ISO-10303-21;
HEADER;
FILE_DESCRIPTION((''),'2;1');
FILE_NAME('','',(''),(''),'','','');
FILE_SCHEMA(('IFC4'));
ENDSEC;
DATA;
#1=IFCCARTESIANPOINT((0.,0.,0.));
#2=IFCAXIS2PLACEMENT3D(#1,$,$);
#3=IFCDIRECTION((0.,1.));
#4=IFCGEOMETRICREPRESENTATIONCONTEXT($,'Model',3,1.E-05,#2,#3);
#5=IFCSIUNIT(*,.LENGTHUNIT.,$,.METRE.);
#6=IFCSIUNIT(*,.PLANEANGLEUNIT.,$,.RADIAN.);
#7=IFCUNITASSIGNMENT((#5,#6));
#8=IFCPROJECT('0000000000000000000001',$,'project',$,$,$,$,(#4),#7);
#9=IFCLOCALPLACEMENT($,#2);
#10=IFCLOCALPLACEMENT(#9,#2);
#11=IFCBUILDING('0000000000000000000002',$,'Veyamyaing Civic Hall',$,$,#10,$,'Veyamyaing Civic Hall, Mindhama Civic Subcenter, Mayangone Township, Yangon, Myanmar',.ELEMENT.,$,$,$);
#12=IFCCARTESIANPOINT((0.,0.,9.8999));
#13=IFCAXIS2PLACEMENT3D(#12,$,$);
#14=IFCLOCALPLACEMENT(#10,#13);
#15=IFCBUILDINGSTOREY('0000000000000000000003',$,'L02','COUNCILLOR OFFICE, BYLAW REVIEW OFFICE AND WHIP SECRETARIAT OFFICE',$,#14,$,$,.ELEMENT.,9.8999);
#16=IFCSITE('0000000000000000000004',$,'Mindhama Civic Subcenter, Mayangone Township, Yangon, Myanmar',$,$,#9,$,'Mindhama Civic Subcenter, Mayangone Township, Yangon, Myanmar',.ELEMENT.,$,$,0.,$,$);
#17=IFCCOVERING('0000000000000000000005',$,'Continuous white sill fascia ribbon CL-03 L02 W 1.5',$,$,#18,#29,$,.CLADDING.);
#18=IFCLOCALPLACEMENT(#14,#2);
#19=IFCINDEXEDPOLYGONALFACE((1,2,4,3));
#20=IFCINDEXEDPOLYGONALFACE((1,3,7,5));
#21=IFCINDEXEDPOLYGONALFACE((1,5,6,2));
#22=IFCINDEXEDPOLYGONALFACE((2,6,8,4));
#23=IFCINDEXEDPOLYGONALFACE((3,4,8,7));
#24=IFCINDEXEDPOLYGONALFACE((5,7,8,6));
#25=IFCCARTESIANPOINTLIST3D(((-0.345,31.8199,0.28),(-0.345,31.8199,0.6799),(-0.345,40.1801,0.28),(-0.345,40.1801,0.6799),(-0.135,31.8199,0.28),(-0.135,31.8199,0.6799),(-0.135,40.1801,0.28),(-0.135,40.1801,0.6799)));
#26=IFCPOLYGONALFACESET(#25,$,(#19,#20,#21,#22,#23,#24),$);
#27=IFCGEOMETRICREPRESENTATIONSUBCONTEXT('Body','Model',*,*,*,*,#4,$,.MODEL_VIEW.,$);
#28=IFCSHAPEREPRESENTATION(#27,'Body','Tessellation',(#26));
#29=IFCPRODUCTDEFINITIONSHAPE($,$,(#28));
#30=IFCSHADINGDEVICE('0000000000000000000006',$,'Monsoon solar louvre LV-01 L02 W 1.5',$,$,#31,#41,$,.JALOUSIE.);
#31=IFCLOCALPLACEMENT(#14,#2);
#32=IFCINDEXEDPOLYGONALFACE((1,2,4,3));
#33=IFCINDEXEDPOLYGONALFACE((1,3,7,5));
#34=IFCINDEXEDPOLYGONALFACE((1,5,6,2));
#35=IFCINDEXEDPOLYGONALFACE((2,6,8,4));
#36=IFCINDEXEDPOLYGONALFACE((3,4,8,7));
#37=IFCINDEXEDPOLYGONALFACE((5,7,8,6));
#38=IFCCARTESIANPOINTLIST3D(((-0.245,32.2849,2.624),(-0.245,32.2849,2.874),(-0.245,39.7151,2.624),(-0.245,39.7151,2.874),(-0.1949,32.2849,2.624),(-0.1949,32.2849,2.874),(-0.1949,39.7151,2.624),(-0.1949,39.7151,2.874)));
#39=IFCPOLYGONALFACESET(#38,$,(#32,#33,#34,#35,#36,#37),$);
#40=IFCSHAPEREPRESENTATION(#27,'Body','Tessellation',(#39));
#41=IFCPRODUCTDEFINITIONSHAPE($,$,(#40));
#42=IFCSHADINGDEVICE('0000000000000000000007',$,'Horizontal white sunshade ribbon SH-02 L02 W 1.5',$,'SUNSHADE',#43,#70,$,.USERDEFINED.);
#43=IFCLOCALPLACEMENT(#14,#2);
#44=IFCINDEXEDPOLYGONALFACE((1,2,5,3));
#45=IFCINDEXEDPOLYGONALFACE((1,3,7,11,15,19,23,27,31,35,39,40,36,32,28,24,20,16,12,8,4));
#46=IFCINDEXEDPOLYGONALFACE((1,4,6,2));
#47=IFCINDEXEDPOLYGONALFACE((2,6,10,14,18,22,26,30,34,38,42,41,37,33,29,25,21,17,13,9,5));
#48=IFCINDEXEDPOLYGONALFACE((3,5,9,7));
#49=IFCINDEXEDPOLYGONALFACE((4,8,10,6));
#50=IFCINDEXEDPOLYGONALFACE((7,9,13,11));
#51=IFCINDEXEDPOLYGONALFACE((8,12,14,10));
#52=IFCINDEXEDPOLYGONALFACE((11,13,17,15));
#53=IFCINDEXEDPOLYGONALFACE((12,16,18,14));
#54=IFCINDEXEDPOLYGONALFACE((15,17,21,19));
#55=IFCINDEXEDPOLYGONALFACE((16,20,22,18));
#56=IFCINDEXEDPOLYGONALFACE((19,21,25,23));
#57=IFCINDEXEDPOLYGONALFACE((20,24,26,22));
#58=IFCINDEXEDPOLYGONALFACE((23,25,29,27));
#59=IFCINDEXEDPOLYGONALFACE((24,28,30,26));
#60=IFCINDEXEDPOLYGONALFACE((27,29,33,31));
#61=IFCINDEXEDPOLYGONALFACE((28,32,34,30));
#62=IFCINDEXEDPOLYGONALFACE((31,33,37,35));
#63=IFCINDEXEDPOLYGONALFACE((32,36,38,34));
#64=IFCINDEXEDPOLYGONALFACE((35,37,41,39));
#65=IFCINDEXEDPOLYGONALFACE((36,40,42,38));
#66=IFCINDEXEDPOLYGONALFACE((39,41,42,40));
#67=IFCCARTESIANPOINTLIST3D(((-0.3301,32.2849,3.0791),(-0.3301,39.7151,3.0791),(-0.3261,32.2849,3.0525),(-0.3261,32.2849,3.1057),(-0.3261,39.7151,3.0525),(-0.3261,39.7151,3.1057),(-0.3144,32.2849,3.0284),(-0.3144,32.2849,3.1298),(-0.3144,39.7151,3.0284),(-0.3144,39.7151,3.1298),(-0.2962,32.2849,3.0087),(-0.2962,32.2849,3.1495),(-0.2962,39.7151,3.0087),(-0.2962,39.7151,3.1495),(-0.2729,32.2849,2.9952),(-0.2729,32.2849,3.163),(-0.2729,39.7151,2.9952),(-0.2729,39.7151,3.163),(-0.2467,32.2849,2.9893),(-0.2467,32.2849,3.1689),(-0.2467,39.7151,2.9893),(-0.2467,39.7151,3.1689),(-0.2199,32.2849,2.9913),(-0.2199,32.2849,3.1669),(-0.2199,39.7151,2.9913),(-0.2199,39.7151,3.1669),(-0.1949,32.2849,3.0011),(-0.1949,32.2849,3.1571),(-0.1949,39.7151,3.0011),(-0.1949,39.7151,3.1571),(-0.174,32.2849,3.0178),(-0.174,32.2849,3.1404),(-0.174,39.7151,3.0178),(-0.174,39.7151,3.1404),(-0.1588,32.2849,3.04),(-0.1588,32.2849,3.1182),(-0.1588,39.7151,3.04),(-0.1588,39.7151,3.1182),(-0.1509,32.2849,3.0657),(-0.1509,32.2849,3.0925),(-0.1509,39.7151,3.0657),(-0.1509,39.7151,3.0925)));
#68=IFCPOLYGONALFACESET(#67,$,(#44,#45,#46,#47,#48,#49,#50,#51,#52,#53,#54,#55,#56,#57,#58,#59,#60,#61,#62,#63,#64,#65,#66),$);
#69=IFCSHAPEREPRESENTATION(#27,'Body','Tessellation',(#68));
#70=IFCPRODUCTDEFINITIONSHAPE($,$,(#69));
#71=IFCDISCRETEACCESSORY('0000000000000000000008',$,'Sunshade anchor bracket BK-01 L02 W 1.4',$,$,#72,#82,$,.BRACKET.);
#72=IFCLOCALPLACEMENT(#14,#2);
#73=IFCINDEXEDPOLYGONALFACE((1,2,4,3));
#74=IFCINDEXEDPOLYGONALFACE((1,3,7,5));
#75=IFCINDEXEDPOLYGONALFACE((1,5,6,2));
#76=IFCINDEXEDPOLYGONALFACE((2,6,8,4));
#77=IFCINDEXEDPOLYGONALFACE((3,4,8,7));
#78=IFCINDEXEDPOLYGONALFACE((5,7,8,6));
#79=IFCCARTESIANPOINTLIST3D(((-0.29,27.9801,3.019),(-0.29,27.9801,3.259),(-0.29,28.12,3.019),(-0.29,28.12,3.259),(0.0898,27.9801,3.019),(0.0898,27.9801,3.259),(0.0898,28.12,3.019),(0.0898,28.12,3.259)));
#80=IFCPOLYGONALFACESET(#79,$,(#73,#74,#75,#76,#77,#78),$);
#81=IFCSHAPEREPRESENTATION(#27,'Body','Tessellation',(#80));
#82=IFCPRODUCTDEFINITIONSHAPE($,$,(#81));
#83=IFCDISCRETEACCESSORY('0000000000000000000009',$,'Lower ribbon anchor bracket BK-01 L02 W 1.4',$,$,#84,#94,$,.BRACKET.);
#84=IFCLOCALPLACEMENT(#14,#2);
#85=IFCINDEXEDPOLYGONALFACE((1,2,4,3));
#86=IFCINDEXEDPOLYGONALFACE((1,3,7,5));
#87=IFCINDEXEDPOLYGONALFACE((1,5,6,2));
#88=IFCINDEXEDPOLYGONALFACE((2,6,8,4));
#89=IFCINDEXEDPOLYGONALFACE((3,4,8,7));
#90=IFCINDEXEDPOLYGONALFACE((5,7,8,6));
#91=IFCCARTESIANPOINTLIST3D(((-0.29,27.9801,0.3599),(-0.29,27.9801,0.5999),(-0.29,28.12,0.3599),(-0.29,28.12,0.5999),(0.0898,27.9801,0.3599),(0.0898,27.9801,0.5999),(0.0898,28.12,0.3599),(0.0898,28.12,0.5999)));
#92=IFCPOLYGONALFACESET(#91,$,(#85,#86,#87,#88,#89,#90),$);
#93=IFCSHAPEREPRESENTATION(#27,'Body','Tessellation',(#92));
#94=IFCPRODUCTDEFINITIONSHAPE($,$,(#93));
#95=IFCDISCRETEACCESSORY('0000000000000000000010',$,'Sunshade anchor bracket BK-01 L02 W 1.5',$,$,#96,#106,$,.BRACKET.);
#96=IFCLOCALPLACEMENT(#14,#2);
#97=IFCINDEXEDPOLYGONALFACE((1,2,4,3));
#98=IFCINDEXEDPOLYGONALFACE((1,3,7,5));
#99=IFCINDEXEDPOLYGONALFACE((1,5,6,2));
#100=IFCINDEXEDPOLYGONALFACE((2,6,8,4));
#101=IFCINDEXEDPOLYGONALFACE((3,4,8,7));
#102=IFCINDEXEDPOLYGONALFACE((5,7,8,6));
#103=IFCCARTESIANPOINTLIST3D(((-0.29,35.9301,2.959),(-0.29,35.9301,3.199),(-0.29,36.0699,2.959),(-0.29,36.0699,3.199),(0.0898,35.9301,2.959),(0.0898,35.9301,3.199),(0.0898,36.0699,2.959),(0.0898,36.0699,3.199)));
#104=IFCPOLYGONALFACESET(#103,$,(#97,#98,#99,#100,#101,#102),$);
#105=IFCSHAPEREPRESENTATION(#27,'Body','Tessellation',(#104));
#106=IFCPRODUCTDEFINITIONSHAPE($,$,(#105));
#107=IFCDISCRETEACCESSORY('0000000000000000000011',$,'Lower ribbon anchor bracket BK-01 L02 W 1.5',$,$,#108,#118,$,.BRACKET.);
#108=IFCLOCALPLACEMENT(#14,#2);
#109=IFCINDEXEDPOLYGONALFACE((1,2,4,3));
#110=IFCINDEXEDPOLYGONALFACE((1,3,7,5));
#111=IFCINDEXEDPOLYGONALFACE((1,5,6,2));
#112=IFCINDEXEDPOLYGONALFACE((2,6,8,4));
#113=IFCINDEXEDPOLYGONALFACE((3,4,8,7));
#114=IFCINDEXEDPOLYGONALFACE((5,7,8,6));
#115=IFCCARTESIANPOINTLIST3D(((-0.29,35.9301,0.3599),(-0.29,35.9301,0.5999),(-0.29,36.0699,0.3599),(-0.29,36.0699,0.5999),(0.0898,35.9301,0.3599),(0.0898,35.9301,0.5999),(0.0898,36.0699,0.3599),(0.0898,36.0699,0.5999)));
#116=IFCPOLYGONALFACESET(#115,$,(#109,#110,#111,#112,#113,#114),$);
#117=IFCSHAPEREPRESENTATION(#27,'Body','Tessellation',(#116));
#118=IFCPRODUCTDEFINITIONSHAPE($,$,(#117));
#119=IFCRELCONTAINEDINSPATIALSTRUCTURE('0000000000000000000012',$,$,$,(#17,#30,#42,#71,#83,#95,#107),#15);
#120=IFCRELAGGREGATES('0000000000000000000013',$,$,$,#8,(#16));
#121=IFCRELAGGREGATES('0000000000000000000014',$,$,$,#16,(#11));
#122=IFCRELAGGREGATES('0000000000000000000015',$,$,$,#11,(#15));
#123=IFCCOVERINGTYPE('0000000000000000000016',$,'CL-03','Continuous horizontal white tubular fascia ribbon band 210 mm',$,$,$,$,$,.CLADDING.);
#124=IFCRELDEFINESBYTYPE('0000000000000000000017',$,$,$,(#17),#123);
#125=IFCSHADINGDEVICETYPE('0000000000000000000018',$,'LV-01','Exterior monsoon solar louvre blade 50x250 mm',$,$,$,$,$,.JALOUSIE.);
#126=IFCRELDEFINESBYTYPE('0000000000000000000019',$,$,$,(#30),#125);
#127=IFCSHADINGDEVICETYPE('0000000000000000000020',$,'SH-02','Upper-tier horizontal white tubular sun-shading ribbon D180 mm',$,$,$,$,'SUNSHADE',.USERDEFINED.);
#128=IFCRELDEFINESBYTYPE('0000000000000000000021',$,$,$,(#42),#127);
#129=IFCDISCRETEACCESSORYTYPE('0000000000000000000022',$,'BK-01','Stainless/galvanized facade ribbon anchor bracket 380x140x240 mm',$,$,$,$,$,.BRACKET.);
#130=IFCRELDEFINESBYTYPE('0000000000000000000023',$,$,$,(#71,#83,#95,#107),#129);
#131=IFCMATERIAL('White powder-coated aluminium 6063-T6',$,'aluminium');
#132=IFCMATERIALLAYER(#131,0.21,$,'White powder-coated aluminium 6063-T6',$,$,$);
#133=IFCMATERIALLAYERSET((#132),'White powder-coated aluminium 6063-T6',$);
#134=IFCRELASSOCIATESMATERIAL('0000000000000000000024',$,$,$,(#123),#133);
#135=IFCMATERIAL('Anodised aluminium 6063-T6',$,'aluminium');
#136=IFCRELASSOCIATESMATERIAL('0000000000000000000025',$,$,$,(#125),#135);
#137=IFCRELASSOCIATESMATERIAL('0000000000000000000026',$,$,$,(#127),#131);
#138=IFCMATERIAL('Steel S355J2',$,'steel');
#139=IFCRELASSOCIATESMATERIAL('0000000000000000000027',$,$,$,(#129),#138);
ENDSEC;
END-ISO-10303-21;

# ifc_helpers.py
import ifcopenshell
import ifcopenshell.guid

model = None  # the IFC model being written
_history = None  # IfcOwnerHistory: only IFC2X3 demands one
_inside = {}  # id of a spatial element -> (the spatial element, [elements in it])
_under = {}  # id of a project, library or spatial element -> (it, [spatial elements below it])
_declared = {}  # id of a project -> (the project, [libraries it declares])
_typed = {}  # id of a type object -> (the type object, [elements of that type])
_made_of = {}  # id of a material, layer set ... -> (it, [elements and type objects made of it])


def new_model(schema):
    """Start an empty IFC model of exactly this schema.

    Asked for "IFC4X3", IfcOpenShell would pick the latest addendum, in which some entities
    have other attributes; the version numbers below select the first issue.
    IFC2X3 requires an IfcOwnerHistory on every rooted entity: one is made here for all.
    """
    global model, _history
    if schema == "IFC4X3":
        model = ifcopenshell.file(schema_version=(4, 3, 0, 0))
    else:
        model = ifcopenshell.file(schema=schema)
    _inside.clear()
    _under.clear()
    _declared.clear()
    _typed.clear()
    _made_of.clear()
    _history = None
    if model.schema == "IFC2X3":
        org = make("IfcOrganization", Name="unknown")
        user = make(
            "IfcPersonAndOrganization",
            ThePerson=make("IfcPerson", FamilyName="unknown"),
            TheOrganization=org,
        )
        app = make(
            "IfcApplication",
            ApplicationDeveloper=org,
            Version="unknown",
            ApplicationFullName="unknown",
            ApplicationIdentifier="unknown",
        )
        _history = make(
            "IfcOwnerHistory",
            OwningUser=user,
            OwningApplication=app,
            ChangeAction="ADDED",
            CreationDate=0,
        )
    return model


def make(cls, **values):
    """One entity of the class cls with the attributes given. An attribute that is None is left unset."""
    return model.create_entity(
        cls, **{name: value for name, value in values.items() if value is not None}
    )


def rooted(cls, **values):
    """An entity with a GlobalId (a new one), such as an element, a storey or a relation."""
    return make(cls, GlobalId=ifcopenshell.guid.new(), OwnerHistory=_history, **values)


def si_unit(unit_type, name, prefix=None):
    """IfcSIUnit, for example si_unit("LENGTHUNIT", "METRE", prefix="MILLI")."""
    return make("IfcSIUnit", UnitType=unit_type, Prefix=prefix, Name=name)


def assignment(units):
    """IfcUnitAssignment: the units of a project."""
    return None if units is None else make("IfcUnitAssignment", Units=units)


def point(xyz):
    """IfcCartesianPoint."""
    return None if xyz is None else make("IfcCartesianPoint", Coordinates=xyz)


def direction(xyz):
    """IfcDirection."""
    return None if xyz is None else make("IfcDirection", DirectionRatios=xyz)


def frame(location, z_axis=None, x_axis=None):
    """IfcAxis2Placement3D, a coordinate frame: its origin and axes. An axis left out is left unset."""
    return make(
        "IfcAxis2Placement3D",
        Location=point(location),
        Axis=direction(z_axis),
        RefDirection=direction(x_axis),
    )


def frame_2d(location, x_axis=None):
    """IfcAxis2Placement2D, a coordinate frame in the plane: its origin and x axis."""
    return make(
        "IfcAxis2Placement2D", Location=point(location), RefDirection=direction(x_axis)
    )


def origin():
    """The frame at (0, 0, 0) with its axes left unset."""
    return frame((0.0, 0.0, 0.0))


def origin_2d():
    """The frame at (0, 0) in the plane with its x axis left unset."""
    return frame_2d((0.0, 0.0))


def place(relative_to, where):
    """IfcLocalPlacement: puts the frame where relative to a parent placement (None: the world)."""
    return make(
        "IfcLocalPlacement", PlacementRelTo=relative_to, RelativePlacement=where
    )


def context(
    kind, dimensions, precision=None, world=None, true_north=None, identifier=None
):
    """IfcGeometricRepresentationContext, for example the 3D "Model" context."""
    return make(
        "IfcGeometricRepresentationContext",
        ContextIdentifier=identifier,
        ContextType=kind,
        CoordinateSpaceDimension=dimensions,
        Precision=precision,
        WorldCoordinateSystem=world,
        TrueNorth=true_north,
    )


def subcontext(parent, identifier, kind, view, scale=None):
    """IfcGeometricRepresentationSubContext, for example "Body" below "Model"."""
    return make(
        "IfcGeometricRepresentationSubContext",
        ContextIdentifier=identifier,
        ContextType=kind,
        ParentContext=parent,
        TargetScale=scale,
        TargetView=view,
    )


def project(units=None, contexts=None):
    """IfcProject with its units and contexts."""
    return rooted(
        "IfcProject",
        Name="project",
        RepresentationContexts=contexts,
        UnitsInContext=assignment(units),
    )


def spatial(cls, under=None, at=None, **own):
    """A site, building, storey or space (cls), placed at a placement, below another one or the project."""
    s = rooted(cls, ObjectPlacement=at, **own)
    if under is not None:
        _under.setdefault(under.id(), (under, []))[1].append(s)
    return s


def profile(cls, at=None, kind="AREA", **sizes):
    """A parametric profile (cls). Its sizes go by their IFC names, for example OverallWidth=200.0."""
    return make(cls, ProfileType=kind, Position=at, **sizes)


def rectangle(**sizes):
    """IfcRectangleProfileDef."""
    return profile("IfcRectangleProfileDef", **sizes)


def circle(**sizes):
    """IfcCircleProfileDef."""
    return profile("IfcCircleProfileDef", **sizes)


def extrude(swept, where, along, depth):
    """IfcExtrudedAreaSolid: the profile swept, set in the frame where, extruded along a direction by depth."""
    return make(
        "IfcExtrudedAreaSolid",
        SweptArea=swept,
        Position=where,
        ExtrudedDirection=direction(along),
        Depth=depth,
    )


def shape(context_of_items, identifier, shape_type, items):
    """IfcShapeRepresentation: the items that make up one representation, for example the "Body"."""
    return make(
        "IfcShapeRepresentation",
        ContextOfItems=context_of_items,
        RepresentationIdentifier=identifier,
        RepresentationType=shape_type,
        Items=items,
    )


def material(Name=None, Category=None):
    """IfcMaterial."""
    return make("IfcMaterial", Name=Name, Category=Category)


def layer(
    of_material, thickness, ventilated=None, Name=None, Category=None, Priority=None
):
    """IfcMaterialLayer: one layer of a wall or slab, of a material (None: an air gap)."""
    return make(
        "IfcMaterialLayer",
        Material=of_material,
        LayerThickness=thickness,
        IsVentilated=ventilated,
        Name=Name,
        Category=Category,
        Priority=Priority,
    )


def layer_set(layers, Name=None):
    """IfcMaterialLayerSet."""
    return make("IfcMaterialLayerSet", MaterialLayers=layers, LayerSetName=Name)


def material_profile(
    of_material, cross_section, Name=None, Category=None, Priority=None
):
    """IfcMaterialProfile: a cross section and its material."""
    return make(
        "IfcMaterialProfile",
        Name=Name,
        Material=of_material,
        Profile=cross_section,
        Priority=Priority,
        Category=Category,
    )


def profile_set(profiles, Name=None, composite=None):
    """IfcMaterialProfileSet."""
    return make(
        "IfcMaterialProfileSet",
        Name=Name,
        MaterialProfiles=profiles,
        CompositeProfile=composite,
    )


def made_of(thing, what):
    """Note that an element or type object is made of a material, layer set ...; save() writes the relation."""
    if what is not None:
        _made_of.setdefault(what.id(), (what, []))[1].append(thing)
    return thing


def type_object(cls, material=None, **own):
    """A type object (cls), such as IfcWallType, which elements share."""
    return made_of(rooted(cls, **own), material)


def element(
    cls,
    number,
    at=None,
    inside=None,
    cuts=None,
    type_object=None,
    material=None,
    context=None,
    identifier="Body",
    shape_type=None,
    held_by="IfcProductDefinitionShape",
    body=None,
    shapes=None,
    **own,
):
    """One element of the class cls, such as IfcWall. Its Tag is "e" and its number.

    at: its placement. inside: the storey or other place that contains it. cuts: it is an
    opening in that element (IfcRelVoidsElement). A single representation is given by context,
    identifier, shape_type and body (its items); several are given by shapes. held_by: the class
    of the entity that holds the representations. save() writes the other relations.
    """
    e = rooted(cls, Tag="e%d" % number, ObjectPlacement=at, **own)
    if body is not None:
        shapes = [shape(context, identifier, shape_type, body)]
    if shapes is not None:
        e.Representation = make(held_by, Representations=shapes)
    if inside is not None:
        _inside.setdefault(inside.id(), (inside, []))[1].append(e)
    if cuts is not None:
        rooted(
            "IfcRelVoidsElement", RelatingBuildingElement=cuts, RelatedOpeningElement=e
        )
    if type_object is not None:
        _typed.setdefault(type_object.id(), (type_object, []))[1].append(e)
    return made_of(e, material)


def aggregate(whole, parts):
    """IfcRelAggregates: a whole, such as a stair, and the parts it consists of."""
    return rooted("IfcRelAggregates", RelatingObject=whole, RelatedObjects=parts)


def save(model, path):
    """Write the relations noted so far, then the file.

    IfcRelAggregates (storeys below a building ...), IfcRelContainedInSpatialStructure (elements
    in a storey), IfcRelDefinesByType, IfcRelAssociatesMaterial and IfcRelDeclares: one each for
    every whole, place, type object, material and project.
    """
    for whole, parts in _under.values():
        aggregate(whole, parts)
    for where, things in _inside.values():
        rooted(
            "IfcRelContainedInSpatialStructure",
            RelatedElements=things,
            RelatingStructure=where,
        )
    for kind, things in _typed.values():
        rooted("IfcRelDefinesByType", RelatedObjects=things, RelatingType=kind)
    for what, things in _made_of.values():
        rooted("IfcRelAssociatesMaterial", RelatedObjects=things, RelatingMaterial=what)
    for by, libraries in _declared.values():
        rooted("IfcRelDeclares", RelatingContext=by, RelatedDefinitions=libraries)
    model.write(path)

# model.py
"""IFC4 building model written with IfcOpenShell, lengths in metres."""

from ifc_helpers import new_model, si_unit, direction, frame, origin, origin_2d, place, context, subcontext, project, spatial, rectangle, circle, extrude, material, layer, layer_set, material_profile, profile_set, type_object, element, save


model = new_model("IFC4")

# Units and contexts
model_context = context("Model", 3, precision=1e-05, world=origin(), true_north=direction((0.0, 1.0)))
body_context = subcontext(model_context, "Body", "Model", "MODEL_VIEW")
ifc_project = project(units=[si_unit("LENGTHUNIT", "METRE"), si_unit("PLANEANGLEUNIT", "RADIAN")], contexts=[model_context])

# Site, building, storey
site_placement = place(None, origin())
site = spatial("IfcSite", under=ifc_project, at=site_placement, Name="Mindhama Civic Subcenter, Mayangone Township, Yangon, Myanmar", LongName="Mindhama Civic Subcenter, Mayangone Township, Yangon, Myanmar", CompositionType="ELEMENT", RefElevation=0.0)
building_placement = place(site_placement, origin())
building = spatial("IfcBuilding", under=site, at=building_placement, Name="Veyamyaing Civic Hall", LongName="Veyamyaing Civic Hall, Mindhama Civic Subcenter, Mayangone Township, Yangon, Myanmar", CompositionType="ELEMENT")
storey_placement = place(building_placement, frame((0.0, 0.0, 9.8999)))
storey = spatial("IfcBuildingStorey", under=building, at=storey_placement, Name="L02", Description="COUNCILLOR OFFICE, BYLAW REVIEW OFFICE AND WHIP SECRETARIAT OFFICE", CompositionType="ELEMENT", Elevation=9.8999)

# Shared definitions
ifc_material_1 = material(Name="Anodised aluminium 6063-T6", Category="aluminium")

# Shared definitions
ifc_material_2 = material(Name="Steel S355J2", Category="steel")

# Covering
ifc_material_3 = material(Name="White powder-coated aluminium 6063-T6", Category="aluminium")
ifc_layer_1 = layer(ifc_material_3, 0.21, Name="White powder-coated aluminium 6063-T6")
ifc_layer_set_1 = layer_set([ifc_layer_1], Name="White powder-coated aluminium 6063-T6")
covering_type_1 = type_object("IfcCoveringType", Name="CL-03", Description="Continuous horizontal white tubular fascia ribbon band 210 mm", PredefinedType="CLADDING", material=ifc_layer_set_1)
for number, where, z_axis, x_axis, name in (
    (1, (-0.24, 36.0, 0.28), (0.0, 0.0, 1.0), (0.0, 1.0, 0.0), "Continuous white sill fascia ribbon CL-03 L02 W 1.5"),
):
    element("IfcCovering", number, at=place(storey_placement, frame(where, z_axis=z_axis, x_axis=x_axis)), inside=storey, type_object=covering_type_1, Name=name, PredefinedType="CLADDING", context=body_context, shape_type="SweptSolid", body=[
        extrude(rectangle(XDim=8.3601, YDim=0.21, at=origin_2d()), origin(), (0.0, 0.0, 1.0), 0.3999),
    ])

# Shading devices
ifc_material_profile_1 = material_profile(ifc_material_1, rectangle(XDim=0.05, YDim=0.25, at=origin_2d()), Name="LOUVRE-BLADE-50X250")
ifc_profile_set_1 = profile_set([ifc_material_profile_1], Name="Anodised aluminium 6063-T6")
shading_device_type_1 = type_object("IfcShadingDeviceType", Name="LV-01", Description="Exterior monsoon solar louvre blade 50x250 mm", PredefinedType="JALOUSIE", material=ifc_profile_set_1)
shading_device_1_placement = place(storey_placement, frame((-0.22, 32.2849, 2.749), z_axis=(0.0, 1.0, 0.0), x_axis=(-1.0, 0.0, 0.0)))
element("IfcShadingDevice", 2, at=shading_device_1_placement, inside=storey, type_object=shading_device_type_1, Name="Monsoon solar louvre LV-01 L02 W 1.5", PredefinedType="JALOUSIE", context=body_context, shape_type="SweptSolid", body=[
    extrude(rectangle(XDim=0.05, YDim=0.25, at=origin_2d()), origin(), (0.0, 0.0, 1.0), 7.4302),
])
ifc_material_profile_2 = material_profile(ifc_material_3, circle(Radius=0.0901, at=origin_2d()), Name="SHADE-TUBE-180")
ifc_profile_set_2 = profile_set([ifc_material_profile_2], Name="White powder-coated aluminium 6063-T6")
shading_device_type_2 = type_object("IfcShadingDeviceType", Name="SH-02", Description="Upper-tier horizontal white tubular sun-shading ribbon D180 mm", ElementType="SUNSHADE", PredefinedType="USERDEFINED", material=ifc_profile_set_2)
shading_device_2_placement = place(storey_placement, frame((-0.24, 32.2849, 3.0791), z_axis=(0.0, 1.0, 0.0), x_axis=(-1.0, 0.0, 0.0)))
element("IfcShadingDevice", 3, at=shading_device_2_placement, inside=storey, type_object=shading_device_type_2, Name="Horizontal white sunshade ribbon SH-02 L02 W 1.5", ObjectType="SUNSHADE", PredefinedType="USERDEFINED", context=body_context, shape_type="SweptSolid", body=[
    extrude(circle(Radius=0.0901, at=origin_2d()), origin(), (0.0, 0.0, 1.0), 7.4302),
])

# Discrete accessories
discrete_accessory_type = type_object("IfcDiscreteAccessoryType", Name="BK-01", Description="Stainless/galvanized facade ribbon anchor bracket 380x140x240 mm", PredefinedType="BRACKET", material=ifc_material_2)
for number, where, z_axis, x_axis, name in (
    (4, (-0.1001, 28.05, 3.019), (0.0, 0.0, 1.0), (-1.0, 0.0, 0.0), "Sunshade anchor bracket BK-01 L02 W 1.4"),
    (5, (-0.1001, 28.05, 0.3599), (0.0, 0.0, 1.0), (-1.0, 0.0, 0.0), "Lower ribbon anchor bracket BK-01 L02 W 1.4"),
    (6, (-0.1001, 36.0, 2.959), (0.0, 0.0, 1.0), (-1.0, 0.0, 0.0), "Sunshade anchor bracket BK-01 L02 W 1.5"),
    (7, (-0.1001, 36.0, 0.3599), (0.0, 0.0, 1.0), (-1.0, 0.0, 0.0), "Lower ribbon anchor bracket BK-01 L02 W 1.5"),
):
    element("IfcDiscreteAccessory", number, at=place(storey_placement, frame(where, z_axis=z_axis, x_axis=x_axis)), inside=storey, type_object=discrete_accessory_type, Name=name, PredefinedType="BRACKET", context=body_context, shape_type="SweptSolid", body=[
        extrude(rectangle(XDim=0.3799, YDim=0.1399, at=origin_2d()), origin(), (0.0, 0.0, 1.0), 0.24),
    ])

save(model, "model.ifc")
